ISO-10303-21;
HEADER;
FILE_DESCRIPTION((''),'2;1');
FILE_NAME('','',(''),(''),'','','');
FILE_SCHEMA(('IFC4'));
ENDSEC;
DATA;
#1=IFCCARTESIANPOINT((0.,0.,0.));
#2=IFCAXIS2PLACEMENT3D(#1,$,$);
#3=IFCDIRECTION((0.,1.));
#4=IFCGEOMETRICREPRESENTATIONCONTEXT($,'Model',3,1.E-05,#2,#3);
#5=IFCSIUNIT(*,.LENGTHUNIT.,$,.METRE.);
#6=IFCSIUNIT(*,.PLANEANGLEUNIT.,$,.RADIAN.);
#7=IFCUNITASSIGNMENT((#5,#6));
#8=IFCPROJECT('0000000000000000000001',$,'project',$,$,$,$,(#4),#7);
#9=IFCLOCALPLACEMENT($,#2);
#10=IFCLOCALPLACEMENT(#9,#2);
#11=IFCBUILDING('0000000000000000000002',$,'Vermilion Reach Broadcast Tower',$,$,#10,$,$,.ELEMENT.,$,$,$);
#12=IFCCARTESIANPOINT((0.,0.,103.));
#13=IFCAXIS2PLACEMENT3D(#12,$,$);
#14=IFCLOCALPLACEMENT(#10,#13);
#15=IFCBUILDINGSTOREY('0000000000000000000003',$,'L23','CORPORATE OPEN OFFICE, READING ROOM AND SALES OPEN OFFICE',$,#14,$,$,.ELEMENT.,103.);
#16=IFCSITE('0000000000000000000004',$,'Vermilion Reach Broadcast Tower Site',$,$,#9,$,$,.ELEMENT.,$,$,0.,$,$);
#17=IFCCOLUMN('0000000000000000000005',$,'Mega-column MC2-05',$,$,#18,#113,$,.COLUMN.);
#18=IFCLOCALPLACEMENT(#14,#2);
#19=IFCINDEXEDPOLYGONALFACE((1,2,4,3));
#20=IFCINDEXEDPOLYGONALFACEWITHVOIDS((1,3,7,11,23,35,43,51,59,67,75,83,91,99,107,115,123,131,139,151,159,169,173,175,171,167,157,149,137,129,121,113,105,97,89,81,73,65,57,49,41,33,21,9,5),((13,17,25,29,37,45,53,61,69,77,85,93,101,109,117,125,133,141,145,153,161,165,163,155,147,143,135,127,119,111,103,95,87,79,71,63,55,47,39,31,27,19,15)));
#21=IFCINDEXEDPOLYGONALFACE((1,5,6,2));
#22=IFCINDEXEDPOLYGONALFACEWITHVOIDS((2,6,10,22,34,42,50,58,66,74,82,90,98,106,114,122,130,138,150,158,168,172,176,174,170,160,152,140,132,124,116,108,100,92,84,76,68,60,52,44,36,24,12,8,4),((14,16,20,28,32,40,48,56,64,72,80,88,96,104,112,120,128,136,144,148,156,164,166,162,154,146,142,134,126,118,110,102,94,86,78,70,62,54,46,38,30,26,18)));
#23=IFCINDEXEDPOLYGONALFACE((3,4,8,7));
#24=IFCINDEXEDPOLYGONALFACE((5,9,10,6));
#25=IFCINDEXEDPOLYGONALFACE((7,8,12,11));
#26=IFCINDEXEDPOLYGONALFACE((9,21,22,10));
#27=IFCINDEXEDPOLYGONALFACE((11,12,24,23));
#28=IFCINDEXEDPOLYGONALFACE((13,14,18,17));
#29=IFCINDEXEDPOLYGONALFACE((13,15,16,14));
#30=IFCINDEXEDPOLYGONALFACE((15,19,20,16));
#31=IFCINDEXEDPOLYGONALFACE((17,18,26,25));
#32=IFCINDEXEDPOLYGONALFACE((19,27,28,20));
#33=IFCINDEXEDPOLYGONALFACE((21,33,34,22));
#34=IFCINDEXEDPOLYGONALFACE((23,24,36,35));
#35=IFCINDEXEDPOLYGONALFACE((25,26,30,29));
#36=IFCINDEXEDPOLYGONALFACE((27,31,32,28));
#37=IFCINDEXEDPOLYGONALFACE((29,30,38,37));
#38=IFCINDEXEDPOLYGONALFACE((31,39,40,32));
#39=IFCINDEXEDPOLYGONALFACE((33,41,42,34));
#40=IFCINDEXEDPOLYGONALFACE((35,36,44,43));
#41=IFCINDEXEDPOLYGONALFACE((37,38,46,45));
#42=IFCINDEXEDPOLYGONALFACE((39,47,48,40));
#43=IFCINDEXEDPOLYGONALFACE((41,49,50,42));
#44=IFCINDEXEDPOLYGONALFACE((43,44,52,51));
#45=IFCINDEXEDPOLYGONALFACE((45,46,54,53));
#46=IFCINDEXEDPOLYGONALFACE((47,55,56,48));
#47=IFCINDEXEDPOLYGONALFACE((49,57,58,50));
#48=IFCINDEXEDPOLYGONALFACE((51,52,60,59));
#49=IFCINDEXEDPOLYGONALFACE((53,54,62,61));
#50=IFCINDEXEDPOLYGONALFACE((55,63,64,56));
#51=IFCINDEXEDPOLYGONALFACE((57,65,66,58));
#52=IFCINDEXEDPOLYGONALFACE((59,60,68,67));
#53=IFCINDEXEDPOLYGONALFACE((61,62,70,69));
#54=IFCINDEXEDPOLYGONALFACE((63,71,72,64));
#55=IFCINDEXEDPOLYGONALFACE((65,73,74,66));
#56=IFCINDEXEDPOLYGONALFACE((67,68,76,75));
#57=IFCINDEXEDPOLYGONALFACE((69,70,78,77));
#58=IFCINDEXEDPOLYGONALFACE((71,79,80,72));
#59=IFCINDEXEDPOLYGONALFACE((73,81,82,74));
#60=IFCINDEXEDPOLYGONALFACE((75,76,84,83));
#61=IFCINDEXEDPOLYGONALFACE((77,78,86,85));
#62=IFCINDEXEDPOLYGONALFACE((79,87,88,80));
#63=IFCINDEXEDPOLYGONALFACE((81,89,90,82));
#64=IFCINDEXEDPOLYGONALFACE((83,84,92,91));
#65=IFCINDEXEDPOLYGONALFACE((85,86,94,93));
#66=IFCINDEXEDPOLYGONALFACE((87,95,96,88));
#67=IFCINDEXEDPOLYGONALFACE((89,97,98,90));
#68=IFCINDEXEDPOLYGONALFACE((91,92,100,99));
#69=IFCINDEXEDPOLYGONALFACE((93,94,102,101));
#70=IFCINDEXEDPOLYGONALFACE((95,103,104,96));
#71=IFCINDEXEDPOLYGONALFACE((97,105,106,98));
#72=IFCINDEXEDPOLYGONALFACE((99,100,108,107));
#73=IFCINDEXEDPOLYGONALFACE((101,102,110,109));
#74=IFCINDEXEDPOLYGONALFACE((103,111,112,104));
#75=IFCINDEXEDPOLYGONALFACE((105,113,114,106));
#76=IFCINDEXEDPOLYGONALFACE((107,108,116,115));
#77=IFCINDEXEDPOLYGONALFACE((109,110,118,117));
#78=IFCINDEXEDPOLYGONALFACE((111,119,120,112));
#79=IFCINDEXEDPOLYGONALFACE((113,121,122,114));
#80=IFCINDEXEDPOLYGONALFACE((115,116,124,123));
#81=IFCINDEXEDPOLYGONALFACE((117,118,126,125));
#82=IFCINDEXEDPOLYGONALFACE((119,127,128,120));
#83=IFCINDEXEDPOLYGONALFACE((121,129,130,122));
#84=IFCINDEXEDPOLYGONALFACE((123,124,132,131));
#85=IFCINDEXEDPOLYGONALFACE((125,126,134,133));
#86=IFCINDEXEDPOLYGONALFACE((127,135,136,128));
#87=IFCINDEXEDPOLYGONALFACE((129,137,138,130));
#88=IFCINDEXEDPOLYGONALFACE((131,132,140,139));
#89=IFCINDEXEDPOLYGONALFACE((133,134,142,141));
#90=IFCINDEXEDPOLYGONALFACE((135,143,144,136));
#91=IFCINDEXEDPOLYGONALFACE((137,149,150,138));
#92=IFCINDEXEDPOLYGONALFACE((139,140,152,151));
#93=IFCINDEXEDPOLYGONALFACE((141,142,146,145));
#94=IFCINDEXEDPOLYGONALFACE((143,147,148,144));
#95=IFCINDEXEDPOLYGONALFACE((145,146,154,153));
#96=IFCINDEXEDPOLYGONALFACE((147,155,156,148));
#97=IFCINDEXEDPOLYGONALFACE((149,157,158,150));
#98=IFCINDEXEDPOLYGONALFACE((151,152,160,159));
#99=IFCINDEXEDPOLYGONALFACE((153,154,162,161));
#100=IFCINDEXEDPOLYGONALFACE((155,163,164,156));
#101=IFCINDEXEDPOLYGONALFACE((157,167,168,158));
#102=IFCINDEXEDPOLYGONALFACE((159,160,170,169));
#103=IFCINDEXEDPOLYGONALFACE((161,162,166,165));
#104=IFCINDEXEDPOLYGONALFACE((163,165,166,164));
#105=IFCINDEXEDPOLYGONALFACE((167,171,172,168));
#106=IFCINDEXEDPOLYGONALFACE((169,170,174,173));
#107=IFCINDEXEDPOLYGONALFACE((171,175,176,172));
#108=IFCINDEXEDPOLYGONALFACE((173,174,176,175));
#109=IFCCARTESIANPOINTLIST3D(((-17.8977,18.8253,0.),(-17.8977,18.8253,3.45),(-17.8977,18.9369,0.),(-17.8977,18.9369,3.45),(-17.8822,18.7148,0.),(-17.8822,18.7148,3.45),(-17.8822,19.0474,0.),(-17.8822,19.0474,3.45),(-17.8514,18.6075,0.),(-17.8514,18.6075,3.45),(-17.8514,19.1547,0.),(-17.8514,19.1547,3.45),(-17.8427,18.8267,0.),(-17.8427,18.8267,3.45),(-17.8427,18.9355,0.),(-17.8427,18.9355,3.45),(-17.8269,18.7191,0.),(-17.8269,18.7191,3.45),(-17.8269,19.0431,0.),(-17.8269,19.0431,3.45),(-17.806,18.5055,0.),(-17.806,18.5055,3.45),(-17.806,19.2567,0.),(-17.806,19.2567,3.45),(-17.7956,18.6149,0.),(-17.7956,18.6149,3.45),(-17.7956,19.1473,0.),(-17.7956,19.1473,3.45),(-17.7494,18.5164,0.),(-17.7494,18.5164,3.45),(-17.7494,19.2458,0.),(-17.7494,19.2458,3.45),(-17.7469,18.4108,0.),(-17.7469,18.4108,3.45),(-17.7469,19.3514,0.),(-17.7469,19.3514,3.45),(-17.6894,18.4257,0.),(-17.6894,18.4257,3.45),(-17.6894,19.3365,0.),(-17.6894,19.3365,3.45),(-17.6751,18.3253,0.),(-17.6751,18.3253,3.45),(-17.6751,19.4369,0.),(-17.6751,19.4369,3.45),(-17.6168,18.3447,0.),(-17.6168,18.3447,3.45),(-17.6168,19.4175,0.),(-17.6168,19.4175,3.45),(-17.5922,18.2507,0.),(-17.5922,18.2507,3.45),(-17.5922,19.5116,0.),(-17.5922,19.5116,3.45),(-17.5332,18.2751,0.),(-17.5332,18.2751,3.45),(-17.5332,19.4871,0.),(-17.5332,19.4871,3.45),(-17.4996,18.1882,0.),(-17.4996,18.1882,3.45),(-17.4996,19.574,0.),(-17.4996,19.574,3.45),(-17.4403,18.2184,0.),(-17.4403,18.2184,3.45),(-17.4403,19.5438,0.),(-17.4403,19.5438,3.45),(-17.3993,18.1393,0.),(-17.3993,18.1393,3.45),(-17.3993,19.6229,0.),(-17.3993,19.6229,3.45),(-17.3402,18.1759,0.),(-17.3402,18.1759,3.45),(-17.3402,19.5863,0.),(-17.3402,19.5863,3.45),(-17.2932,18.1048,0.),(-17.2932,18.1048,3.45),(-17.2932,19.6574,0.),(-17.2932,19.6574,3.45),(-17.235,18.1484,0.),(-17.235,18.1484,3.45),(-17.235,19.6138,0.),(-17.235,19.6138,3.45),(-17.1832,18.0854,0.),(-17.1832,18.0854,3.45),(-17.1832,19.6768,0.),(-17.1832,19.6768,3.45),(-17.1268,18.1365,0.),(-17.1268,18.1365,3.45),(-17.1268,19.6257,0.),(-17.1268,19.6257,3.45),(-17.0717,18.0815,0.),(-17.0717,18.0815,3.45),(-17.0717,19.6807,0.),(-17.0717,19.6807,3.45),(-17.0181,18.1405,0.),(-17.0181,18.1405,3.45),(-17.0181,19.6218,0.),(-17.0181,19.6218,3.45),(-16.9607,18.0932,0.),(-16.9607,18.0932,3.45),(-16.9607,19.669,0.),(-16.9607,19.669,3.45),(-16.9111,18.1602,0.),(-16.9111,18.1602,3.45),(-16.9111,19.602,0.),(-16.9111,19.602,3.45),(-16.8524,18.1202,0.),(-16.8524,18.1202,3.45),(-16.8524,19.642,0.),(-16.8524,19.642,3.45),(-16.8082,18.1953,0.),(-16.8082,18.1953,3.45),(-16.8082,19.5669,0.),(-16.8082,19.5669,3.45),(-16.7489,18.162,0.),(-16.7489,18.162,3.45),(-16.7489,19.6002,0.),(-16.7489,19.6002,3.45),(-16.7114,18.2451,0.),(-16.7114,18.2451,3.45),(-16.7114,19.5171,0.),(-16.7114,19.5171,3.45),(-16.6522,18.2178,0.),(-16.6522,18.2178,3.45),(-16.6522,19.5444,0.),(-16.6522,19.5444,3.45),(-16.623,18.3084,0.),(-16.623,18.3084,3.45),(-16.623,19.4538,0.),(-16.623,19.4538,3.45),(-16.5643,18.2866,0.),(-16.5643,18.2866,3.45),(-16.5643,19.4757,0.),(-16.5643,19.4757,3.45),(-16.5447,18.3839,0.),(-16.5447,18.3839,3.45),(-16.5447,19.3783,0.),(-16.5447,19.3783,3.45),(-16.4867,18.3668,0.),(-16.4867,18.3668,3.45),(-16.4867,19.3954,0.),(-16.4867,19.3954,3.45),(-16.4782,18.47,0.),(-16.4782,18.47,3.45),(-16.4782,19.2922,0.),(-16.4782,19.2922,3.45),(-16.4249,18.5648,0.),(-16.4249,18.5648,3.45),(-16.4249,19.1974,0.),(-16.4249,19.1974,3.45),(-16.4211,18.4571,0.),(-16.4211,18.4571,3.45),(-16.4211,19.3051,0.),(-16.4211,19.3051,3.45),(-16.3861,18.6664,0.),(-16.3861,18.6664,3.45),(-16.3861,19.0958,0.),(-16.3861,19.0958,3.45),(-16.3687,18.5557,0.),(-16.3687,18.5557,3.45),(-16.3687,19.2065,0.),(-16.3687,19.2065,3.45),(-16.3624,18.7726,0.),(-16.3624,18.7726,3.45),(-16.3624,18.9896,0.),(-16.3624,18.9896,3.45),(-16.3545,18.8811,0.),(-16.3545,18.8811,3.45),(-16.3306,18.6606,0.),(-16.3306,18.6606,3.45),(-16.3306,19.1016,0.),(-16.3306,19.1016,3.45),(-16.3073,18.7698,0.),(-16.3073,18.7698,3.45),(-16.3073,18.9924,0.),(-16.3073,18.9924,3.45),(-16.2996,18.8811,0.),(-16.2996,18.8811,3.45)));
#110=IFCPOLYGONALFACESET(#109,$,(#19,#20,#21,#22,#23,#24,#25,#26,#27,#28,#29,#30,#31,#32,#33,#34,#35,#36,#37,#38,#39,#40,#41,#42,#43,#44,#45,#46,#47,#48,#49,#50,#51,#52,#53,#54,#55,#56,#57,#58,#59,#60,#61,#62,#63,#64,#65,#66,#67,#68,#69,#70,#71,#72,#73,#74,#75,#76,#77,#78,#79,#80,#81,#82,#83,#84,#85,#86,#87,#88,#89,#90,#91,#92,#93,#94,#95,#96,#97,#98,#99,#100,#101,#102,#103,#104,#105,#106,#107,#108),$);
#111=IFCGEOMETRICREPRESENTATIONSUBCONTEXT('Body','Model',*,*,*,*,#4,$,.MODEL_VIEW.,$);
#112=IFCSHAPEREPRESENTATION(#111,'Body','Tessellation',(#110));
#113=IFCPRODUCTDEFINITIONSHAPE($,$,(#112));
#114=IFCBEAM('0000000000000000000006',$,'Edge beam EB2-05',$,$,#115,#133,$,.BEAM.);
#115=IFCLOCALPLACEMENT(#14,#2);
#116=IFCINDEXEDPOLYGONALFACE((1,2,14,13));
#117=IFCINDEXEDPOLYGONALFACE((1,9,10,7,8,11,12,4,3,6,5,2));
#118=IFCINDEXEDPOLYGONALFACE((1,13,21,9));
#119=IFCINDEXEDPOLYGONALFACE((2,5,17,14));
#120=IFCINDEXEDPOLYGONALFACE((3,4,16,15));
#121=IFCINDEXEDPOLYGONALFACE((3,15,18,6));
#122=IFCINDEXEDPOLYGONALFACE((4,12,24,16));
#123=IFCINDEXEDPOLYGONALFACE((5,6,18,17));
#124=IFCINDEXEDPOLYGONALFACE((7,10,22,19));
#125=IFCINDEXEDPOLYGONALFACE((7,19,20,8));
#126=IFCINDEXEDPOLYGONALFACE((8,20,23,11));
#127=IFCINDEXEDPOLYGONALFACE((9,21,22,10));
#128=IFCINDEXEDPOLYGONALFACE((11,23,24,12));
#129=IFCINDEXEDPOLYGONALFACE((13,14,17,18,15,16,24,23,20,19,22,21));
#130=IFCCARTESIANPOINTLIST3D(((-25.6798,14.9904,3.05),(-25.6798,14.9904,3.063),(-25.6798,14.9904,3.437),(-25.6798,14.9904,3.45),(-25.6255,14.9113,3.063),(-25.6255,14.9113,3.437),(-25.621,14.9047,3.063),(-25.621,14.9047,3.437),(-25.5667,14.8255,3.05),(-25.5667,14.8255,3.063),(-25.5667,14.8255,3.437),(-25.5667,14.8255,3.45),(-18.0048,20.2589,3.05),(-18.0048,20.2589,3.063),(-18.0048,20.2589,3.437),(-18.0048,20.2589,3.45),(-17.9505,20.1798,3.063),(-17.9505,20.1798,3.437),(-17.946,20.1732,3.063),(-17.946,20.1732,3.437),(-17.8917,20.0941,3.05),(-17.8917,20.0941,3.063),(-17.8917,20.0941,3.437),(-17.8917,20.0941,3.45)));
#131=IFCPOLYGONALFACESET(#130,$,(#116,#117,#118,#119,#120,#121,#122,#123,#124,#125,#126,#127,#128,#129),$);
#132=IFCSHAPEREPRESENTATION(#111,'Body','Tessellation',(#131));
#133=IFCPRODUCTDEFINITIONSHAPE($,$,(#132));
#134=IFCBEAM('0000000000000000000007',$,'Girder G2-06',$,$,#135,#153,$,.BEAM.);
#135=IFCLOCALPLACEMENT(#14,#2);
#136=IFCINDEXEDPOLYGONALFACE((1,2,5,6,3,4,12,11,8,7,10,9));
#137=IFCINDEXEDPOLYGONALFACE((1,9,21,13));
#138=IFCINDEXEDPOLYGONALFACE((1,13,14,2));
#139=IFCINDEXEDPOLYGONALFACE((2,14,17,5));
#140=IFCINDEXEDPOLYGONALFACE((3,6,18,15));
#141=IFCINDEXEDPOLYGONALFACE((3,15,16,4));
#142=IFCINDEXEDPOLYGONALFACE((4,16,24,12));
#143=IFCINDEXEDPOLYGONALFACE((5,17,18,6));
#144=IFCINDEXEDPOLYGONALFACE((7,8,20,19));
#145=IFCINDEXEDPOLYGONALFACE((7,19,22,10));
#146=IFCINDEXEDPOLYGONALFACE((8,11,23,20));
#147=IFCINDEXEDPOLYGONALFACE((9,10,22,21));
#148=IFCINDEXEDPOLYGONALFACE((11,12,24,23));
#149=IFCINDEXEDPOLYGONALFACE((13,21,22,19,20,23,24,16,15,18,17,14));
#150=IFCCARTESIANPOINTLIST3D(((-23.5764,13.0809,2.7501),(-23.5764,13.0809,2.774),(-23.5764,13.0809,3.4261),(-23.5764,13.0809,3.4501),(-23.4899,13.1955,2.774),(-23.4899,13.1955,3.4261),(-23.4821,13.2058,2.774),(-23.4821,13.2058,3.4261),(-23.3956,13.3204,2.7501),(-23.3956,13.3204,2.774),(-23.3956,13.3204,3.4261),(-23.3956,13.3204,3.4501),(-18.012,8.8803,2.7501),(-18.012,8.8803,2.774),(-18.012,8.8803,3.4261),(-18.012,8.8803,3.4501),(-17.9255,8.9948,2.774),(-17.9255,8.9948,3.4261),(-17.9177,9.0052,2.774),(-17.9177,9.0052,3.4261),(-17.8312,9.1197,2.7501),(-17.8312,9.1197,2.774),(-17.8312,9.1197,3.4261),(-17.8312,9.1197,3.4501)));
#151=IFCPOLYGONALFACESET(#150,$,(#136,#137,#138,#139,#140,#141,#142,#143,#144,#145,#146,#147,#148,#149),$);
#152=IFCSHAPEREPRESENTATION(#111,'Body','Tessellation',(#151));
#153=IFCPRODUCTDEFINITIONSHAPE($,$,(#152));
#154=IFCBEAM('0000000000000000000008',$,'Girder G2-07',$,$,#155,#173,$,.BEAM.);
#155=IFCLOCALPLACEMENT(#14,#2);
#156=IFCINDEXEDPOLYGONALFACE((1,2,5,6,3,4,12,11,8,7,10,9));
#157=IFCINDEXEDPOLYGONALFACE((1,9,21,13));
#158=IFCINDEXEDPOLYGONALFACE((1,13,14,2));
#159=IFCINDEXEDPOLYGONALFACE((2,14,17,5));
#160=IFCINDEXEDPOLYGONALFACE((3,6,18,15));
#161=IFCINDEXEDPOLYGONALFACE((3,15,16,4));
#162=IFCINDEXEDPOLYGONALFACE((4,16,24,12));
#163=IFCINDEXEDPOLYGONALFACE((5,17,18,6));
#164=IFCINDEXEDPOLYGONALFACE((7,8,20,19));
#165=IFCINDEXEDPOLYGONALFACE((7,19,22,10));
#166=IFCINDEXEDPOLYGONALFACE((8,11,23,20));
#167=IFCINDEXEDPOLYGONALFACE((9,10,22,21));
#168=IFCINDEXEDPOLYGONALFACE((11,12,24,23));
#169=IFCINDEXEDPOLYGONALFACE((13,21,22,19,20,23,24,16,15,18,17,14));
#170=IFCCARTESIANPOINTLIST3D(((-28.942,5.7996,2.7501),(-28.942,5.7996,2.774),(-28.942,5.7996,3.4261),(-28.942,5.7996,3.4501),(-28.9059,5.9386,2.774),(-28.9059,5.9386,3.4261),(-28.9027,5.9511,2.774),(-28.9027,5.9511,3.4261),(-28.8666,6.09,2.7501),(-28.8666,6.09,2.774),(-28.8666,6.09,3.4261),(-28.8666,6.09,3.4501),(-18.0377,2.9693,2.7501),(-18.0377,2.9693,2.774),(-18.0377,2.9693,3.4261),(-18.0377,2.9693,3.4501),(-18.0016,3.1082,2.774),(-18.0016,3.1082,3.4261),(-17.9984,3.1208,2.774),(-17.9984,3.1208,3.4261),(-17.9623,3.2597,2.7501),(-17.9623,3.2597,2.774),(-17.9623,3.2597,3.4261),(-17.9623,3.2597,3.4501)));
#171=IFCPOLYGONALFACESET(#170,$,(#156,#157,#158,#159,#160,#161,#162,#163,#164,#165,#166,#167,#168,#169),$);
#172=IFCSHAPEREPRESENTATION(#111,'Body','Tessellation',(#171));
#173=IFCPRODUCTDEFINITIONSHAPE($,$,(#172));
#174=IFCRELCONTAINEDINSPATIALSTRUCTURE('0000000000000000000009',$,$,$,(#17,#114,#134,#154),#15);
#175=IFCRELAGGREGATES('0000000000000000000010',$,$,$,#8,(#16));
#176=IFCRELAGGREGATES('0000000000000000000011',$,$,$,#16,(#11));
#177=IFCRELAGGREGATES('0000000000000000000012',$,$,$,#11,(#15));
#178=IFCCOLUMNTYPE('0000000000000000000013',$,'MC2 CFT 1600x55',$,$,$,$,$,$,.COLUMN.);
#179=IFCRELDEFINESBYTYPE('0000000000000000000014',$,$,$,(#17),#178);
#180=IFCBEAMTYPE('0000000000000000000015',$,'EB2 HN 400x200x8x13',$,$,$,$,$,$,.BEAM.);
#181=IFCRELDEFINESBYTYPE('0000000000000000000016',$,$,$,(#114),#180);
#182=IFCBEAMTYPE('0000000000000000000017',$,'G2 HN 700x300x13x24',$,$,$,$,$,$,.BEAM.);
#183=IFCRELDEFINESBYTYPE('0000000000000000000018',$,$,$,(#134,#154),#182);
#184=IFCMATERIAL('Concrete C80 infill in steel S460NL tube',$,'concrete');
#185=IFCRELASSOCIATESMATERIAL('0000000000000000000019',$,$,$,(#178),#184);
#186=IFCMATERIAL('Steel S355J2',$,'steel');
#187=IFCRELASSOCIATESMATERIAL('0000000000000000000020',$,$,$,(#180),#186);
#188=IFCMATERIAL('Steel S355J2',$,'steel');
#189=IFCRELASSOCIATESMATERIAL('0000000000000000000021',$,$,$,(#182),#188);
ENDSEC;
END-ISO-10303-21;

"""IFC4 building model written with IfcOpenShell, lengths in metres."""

from ifc_helpers import new_model, si_unit, direction, frame, origin, origin_2d, place, context, subcontext, project, spatial, hollow_circle, i_section, extrude, material, material_profile, profile_set, type_object, element, save


model = new_model("IFC4")

# Units and contexts
model_context = context("Model", 3, precision=1e-05, world=origin(), true_north=direction((0.0, 1.0)))
body_context = subcontext(model_context, "Body", "Model", "MODEL_VIEW")
ifc_project = project(units=[si_unit("LENGTHUNIT", "METRE"), si_unit("PLANEANGLEUNIT", "RADIAN")], contexts=[model_context])

# Site, building, storey
site_placement = place(None, origin())
site = spatial("IfcSite", under=ifc_project, at=site_placement, Name="Vermilion Reach Broadcast Tower Site", CompositionType="ELEMENT", RefElevation=0.0)
building_placement = place(site_placement, origin())
building = spatial("IfcBuilding", under=site, at=building_placement, Name="Vermilion Reach Broadcast Tower", CompositionType="ELEMENT")
storey_placement = place(building_placement, frame((0.0, 0.0, 103.0)))
storey = spatial("IfcBuildingStorey", under=building, at=storey_placement, Name="L23", Description="CORPORATE OPEN OFFICE, READING ROOM AND SALES OPEN OFFICE", CompositionType="ELEMENT", Elevation=103.0)

# Column
ifc_material_1 = material(Name="Concrete C80 infill in steel S460NL tube", Category="concrete")
ifc_material_profile_1 = material_profile(ifc_material_1, hollow_circle(Radius=0.8, WallThickness=0.0549, at=origin_2d()), Name="Concrete C80 infill in steel S460NL tube CFT 1600x55")
ifc_profile_set_1 = profile_set([ifc_material_profile_1], Name="Concrete C80 infill in steel S460NL tube")
column_type = type_object("IfcColumnType", Name="MC2 CFT 1600x55", PredefinedType="COLUMN", material=ifc_profile_set_1)
column_placement = place(storey_placement, frame((-17.0996, 18.8811, 0.0), z_axis=(0.0, 0.0, 1.0), x_axis=(1.0, 0.0, 0.0)))
element("IfcColumn", 1, at=column_placement, inside=storey, type_object=column_type, Name="Mega-column MC2-05", PredefinedType="COLUMN", context=body_context, shape_type="SweptSolid", body=[
    extrude(hollow_circle(Radius=0.8, WallThickness=0.0549, at=origin_2d()), origin(), (0.0, 0.0, 1.0), 3.45),
])

# Beams
ifc_material_2 = material(Name="Steel S355J2", Category="steel")
ifc_material_profile_2 = material_profile(ifc_material_2, i_section(OverallWidth=0.2, OverallDepth=0.3999, WebThickness=0.0081, FlangeThickness=0.0129, at=origin_2d()), Name="S355J2 HN 400x200x8x13")
ifc_profile_set_2 = profile_set([ifc_material_profile_2], Name="Steel S355J2")
beam_type_1 = type_object("IfcBeamType", Name="EB2 HN 400x200x8x13", PredefinedType="BEAM", material=ifc_profile_set_2)
beam_1_placement = place(storey_placement, frame((-17.9482, 20.1765, 3.25), z_axis=(-0.824445, -0.565942, 0.0), x_axis=(0.565942, -0.824445, 0.0)))
element("IfcBeam", 2, at=beam_1_placement, inside=storey, type_object=beam_type_1, Name="Edge beam EB2-05", PredefinedType="BEAM", context=body_context, shape_type="SweptSolid", body=[
    extrude(i_section(OverallWidth=0.2, OverallDepth=0.3999, WebThickness=0.0081, FlangeThickness=0.0129, at=origin_2d()), origin(), (0.0, 0.0, 1.0), 9.3093),
])
ifc_material_3 = material(Name="Steel S355J2", Category="steel")
ifc_material_profile_3 = material_profile(ifc_material_3, i_section(OverallWidth=0.3, OverallDepth=0.7, WebThickness=0.0129, FlangeThickness=0.0239, at=origin_2d()), Name="S355J2 HN 700x300x13x24")
ifc_profile_set_3 = profile_set([ifc_material_profile_3], Name="Steel S355J2")
beam_type_2 = type_object("IfcBeamType", Name="G2 HN 700x300x13x24", PredefinedType="BEAM", material=ifc_profile_set_3)
beam_2_placement = place(storey_placement, frame((-17.9216, 9.0, 3.1001), z_axis=(-0.798114, 0.602507, 0.0), x_axis=(-0.602507, -0.798114, 0.0)))
element("IfcBeam", 3, at=beam_2_placement, inside=storey, type_object=beam_type_2, Name="Girder G2-06", PredefinedType="BEAM", context=body_context, shape_type="SweptSolid", body=[
    extrude(i_section(OverallWidth=0.3, OverallDepth=0.7, WebThickness=0.0129, FlangeThickness=0.0239, at=origin_2d()), origin(), (0.0, 0.0, 1.0), 6.9719),
])
beam_3_placement = place(storey_placement, frame((-18.0, 3.1145, 3.1001), z_axis=(-0.967926, 0.251235, 0.0), x_axis=(-0.251235, -0.967926, 0.0)))
element("IfcBeam", 4, at=beam_3_placement, inside=storey, type_object=beam_type_2, Name="Girder G2-07", PredefinedType="BEAM", context=body_context, shape_type="SweptSolid", body=[
    extrude(i_section(OverallWidth=0.3, OverallDepth=0.7, WebThickness=0.0129, FlangeThickness=0.0239, at=origin_2d()), origin(), (0.0, 0.0, 1.0), 11.2656),
])

save(model, "model.ifc")
